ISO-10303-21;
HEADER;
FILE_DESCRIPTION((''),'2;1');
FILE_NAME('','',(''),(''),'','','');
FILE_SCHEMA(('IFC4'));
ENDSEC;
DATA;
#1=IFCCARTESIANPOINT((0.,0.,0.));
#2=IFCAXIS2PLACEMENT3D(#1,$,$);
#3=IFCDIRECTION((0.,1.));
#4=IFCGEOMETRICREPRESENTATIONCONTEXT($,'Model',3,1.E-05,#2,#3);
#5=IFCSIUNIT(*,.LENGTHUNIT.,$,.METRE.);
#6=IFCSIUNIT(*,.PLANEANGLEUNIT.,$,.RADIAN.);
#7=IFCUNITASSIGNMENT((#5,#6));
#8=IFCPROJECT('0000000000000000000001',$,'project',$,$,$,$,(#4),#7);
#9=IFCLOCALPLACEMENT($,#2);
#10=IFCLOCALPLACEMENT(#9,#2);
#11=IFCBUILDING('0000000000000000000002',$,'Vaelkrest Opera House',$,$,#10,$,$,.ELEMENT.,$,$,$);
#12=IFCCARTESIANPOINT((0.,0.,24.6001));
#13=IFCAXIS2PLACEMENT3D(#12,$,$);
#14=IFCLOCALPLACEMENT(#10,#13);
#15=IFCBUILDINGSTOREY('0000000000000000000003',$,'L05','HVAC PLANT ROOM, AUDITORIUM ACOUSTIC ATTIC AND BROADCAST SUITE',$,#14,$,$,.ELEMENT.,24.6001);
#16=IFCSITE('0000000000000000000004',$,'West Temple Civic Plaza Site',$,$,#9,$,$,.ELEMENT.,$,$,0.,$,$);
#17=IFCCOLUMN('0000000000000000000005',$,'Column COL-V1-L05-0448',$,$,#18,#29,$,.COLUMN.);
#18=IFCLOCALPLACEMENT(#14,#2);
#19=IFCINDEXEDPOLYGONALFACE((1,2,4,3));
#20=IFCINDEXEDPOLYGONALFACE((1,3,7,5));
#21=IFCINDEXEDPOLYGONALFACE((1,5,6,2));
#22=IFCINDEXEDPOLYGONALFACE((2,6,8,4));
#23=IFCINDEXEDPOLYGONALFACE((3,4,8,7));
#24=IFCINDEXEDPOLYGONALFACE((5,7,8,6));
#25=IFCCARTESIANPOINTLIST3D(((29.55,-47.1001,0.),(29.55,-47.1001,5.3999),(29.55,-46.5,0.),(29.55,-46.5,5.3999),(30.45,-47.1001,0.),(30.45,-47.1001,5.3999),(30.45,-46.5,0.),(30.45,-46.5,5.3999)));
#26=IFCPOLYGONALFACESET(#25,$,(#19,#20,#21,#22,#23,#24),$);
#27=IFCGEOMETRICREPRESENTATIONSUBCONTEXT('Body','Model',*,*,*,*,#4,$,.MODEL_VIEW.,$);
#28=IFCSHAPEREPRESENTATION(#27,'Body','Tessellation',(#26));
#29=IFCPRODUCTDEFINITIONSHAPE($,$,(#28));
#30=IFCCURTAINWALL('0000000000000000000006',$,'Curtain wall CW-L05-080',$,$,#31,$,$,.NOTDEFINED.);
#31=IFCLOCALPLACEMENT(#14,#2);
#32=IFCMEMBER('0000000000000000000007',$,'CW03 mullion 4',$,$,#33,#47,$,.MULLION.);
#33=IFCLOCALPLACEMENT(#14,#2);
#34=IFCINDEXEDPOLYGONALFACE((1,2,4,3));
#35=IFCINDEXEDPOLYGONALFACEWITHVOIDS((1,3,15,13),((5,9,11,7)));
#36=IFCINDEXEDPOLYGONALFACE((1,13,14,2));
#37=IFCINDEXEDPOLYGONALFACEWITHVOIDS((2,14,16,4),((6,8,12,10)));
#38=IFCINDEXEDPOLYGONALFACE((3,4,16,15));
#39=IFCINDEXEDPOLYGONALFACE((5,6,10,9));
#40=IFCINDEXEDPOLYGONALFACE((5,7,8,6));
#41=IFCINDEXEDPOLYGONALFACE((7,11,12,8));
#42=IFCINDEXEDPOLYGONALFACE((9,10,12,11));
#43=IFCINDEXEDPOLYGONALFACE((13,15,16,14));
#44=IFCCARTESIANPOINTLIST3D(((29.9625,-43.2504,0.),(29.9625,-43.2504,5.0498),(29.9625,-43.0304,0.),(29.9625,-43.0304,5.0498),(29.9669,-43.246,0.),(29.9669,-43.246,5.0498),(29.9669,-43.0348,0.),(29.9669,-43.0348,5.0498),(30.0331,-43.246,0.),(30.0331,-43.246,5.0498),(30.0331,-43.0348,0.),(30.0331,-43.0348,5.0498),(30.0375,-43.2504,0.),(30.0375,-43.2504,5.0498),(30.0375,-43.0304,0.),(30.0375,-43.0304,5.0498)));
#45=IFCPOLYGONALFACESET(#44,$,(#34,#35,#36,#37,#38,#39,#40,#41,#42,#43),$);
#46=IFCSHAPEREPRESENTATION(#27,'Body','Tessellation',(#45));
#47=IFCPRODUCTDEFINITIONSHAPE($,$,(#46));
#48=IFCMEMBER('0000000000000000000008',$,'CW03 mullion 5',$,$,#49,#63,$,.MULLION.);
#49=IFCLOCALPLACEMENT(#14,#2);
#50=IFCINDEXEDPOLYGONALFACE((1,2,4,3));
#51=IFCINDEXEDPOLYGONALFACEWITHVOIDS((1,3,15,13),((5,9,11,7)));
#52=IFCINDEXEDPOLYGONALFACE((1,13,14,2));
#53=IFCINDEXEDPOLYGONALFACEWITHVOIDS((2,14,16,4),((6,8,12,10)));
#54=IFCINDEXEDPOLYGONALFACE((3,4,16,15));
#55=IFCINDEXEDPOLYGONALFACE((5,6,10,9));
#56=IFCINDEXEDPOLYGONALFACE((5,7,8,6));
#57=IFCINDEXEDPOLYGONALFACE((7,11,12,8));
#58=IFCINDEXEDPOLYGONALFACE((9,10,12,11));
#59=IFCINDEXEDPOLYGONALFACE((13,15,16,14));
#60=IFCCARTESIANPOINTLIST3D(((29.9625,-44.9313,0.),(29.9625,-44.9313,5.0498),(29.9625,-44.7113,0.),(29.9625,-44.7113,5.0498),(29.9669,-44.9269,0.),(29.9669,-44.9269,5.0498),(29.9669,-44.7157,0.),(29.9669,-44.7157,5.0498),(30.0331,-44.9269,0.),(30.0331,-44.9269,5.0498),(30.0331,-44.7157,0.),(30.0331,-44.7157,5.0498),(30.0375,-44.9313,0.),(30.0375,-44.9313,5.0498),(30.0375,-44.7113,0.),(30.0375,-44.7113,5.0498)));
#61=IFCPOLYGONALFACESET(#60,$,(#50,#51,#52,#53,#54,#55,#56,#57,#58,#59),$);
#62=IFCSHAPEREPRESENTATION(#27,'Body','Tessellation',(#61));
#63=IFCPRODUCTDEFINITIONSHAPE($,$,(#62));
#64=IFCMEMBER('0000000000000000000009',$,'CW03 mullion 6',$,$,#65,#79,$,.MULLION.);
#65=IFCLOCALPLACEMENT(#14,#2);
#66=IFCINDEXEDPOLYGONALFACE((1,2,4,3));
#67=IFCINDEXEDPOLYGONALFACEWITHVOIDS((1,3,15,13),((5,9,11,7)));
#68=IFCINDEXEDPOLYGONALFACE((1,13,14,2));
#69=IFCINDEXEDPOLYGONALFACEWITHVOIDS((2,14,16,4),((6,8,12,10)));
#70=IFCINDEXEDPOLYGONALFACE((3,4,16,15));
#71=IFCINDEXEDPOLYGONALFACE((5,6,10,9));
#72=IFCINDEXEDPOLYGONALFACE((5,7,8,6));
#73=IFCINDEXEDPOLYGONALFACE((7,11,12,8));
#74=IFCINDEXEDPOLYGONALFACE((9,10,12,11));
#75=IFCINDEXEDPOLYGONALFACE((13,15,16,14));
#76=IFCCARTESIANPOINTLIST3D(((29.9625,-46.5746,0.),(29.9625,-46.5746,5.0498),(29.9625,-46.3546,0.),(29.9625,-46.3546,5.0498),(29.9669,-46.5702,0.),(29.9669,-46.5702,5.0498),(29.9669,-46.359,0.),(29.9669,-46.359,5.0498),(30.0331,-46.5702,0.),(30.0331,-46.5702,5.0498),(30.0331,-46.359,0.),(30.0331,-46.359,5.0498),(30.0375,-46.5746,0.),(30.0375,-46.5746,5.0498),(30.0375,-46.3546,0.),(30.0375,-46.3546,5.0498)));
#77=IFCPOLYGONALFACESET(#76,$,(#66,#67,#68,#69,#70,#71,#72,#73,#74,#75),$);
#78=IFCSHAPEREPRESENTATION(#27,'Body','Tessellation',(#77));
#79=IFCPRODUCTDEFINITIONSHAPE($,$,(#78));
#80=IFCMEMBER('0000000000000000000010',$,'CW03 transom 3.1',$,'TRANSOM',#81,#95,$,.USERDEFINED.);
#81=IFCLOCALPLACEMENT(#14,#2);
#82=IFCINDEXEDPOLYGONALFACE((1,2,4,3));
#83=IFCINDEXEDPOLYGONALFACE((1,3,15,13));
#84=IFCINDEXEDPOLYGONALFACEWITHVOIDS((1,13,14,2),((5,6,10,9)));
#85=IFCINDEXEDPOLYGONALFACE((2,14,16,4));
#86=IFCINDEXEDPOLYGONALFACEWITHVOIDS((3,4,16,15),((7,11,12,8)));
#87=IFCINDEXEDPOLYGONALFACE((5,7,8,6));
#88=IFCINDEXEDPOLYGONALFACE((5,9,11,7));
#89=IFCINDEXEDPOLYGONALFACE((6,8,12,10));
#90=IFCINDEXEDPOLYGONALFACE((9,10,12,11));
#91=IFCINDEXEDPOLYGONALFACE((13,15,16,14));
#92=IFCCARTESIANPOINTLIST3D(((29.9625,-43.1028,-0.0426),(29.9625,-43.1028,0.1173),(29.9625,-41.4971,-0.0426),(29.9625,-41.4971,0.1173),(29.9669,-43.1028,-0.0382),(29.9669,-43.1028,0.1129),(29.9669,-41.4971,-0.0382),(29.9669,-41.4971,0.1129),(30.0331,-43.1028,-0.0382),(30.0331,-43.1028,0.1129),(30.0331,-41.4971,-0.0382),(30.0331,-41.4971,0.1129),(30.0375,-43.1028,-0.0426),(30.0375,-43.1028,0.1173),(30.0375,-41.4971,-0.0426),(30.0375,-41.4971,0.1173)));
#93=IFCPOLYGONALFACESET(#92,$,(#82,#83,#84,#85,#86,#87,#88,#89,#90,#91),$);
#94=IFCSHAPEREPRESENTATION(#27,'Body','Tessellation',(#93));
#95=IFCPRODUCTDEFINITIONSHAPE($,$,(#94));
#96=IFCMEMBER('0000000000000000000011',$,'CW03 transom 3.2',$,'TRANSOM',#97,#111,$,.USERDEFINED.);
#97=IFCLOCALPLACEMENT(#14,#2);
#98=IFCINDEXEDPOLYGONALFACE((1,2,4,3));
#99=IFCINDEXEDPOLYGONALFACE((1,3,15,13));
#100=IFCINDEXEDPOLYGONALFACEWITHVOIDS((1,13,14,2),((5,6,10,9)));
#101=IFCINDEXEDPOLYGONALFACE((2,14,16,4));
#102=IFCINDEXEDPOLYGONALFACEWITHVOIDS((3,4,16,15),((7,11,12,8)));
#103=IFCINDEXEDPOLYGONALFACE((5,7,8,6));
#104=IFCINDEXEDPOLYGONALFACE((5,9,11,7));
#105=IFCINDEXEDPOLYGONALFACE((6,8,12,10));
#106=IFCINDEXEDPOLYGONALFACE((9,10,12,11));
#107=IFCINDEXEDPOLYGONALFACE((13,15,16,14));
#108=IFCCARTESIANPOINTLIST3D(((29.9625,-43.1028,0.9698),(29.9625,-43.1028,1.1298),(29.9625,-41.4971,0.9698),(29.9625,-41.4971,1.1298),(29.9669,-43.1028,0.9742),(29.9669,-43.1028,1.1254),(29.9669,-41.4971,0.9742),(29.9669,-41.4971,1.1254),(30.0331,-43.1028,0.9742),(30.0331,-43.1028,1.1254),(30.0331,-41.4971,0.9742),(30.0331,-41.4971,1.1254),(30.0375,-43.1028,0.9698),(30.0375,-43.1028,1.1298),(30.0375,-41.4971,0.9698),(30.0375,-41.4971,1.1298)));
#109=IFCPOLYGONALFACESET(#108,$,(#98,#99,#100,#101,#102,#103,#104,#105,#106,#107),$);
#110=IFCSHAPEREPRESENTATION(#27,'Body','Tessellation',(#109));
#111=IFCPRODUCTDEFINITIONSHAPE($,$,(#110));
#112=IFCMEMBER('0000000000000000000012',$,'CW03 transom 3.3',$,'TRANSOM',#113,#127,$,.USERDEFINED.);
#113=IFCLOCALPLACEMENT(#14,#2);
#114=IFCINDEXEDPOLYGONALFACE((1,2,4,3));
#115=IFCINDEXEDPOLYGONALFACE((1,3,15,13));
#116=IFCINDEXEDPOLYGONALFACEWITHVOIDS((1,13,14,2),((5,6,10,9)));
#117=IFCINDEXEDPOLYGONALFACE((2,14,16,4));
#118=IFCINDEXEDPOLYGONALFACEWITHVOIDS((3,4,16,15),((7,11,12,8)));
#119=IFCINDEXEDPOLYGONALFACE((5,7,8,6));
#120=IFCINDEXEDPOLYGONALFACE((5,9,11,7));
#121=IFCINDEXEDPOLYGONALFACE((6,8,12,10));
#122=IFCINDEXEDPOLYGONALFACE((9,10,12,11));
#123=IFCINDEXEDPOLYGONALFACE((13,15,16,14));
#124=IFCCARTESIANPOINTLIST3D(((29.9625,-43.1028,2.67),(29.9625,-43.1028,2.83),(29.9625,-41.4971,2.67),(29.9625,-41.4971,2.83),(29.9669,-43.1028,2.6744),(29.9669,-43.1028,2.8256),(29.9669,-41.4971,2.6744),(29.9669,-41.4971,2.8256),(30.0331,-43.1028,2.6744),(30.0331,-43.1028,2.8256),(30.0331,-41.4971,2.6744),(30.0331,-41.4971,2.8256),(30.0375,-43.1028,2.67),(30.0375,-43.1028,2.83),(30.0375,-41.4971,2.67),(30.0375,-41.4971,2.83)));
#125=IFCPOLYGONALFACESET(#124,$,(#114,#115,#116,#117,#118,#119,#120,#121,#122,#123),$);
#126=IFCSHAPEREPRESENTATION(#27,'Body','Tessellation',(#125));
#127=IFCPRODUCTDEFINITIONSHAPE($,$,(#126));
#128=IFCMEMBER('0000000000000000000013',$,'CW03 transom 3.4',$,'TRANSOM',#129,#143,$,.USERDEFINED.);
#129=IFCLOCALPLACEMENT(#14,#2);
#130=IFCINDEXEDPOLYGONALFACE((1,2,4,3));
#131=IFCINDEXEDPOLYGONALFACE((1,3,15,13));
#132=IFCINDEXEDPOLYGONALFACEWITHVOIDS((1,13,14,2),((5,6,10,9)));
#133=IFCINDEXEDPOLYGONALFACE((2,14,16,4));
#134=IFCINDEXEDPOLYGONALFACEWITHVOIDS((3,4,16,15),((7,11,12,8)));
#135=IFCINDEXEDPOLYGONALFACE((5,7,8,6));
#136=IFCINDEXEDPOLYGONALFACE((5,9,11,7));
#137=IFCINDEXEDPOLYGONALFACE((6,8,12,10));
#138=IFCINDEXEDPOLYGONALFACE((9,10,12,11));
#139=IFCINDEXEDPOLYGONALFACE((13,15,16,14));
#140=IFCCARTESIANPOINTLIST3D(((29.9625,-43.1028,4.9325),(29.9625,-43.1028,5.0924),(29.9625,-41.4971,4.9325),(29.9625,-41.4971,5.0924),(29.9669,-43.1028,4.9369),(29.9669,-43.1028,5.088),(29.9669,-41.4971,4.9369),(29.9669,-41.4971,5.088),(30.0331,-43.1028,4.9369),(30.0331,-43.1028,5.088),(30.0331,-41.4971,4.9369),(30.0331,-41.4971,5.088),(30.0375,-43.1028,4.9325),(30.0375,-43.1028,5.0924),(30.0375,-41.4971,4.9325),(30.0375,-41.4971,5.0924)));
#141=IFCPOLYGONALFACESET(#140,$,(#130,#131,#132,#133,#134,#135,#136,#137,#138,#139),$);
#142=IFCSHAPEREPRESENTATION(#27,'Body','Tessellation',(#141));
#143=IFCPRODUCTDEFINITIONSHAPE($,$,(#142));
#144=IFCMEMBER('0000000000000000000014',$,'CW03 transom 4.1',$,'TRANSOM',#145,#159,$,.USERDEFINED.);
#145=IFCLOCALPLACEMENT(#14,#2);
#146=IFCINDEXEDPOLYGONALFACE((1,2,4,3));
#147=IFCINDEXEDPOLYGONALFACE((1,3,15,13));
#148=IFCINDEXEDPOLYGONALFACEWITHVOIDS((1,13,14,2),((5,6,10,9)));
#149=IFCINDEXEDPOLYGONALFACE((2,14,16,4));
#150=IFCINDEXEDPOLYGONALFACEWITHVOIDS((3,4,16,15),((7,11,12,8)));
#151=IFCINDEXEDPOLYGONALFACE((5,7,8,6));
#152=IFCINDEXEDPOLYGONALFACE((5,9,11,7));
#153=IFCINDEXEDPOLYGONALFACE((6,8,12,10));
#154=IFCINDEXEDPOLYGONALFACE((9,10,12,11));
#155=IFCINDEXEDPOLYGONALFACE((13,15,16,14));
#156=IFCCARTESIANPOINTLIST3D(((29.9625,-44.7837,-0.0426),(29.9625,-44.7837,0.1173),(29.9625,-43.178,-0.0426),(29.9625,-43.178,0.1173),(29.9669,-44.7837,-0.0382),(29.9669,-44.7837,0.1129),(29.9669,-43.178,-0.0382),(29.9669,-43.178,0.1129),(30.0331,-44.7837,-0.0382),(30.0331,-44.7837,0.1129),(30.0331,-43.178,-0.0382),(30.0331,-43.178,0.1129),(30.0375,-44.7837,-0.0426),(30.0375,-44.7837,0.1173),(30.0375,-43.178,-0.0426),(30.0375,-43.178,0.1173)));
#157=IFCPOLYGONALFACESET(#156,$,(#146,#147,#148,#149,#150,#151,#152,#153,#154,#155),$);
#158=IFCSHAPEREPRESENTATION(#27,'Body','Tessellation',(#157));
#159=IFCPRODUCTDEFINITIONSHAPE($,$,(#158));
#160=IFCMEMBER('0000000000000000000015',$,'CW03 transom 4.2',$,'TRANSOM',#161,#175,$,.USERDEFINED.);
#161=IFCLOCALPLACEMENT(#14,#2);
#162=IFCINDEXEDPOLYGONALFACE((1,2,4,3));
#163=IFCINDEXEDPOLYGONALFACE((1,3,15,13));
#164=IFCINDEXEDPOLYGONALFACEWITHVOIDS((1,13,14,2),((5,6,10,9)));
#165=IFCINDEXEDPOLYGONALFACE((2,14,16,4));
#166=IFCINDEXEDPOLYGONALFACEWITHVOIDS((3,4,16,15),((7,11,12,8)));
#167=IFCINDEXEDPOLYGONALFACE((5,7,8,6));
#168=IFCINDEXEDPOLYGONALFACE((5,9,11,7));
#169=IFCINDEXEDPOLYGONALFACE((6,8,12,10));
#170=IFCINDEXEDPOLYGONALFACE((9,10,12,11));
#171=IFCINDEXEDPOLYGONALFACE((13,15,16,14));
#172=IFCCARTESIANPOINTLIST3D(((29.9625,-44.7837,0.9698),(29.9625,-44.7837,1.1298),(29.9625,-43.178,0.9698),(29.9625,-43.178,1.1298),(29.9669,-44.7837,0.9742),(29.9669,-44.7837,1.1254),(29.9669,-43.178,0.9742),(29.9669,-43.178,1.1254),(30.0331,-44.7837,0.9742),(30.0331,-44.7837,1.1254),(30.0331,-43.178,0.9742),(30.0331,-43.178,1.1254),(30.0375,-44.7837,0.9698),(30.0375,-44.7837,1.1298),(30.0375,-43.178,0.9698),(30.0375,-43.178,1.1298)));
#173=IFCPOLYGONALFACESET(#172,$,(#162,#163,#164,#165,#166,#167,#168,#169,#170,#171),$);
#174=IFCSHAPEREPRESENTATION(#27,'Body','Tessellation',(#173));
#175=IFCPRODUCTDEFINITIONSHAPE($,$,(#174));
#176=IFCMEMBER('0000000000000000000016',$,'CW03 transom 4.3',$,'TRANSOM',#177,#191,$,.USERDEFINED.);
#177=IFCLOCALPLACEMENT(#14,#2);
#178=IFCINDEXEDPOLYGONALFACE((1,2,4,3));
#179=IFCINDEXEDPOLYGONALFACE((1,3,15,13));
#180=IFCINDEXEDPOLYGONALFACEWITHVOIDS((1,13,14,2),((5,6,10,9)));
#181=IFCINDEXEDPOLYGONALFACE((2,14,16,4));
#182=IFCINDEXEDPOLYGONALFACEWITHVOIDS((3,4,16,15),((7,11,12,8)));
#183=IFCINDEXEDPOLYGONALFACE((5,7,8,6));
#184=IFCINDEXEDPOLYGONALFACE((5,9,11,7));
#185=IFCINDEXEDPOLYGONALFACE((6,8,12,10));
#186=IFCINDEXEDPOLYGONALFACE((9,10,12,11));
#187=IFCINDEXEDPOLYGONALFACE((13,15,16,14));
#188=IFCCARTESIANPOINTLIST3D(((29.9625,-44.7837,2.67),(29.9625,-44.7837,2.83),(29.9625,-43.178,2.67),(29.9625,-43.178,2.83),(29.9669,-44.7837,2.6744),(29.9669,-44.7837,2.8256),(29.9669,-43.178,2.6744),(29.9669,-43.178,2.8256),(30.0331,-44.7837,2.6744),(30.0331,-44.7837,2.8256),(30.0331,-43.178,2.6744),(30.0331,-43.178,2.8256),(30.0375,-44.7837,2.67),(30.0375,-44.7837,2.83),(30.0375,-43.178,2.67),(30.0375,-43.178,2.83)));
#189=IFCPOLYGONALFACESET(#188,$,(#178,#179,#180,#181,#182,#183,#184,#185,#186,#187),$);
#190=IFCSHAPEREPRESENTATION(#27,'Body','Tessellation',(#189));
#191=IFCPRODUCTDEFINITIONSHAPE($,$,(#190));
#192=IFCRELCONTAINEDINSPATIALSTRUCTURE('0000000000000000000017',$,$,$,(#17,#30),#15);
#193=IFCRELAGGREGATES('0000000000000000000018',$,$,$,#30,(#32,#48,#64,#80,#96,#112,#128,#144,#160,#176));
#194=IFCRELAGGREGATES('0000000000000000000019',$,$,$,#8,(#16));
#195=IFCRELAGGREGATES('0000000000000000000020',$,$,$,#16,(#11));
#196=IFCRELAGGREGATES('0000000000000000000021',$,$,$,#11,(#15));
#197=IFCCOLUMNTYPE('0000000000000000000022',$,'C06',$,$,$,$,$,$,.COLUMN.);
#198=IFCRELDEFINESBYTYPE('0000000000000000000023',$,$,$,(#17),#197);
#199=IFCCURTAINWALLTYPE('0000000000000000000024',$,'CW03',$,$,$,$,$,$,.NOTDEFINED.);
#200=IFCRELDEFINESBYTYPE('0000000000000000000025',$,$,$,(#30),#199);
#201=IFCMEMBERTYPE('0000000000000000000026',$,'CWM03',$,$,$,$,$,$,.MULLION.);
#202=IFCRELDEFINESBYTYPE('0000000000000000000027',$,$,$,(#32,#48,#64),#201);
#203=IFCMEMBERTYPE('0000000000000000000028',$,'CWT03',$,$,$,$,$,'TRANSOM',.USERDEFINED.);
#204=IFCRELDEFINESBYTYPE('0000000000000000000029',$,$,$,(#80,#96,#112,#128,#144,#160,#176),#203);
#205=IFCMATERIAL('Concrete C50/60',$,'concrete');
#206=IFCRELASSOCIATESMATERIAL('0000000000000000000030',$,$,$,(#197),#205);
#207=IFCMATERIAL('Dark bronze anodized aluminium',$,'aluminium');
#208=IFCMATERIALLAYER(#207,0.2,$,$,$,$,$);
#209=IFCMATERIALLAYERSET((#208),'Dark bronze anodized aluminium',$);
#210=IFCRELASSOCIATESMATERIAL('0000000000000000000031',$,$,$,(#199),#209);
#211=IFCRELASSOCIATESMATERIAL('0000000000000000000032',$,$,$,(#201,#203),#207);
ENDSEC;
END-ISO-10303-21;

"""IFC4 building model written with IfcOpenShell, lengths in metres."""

from ifc_helpers import new_model, si_unit, direction, frame, origin, origin_2d, place, context, subcontext, project, spatial, rectangle, hollow_rectangle, extrude, material, layer, layer_set, material_profile, profile_set, type_object, element, aggregate, save


model = new_model("IFC4")

# Units and contexts
model_context = context("Model", 3, precision=1e-05, world=origin(), true_north=direction((0.0, 1.0)))
body_context = subcontext(model_context, "Body", "Model", "MODEL_VIEW")
ifc_project = project(units=[si_unit("LENGTHUNIT", "METRE"), si_unit("PLANEANGLEUNIT", "RADIAN")], contexts=[model_context])

# Site, building, storey
site_placement = place(None, origin())
site = spatial("IfcSite", under=ifc_project, at=site_placement, Name="West Temple Civic Plaza Site", CompositionType="ELEMENT", RefElevation=0.0)
building_placement = place(site_placement, origin())
building = spatial("IfcBuilding", under=site, at=building_placement, Name="Vaelkrest Opera House", CompositionType="ELEMENT")
storey_placement = place(building_placement, frame((0.0, 0.0, 24.6001)))
storey = spatial("IfcBuildingStorey", under=building, at=storey_placement, Name="L05", Description="HVAC PLANT ROOM, AUDITORIUM ACOUSTIC ATTIC AND BROADCAST SUITE", CompositionType="ELEMENT", Elevation=24.6001)

# Column
ifc_material_1 = material(Name="Concrete C50/60", Category="concrete")
ifc_material_profile_1 = material_profile(ifc_material_1, rectangle(XDim=0.6001, YDim=0.8999, at=origin_2d()), Name="RC600X900")
ifc_profile_set_1 = profile_set([ifc_material_profile_1], Name="Concrete C50/60")
column_type = type_object("IfcColumnType", Name="C06", PredefinedType="COLUMN", material=ifc_profile_set_1)
column_placement = place(storey_placement, frame((30.0, -46.8, 0.0), z_axis=(0.0, 0.0, 1.0), x_axis=(0.0, 1.0, 0.0)))
element("IfcColumn", 1, at=column_placement, inside=storey, type_object=column_type, Name="Column COL-V1-L05-0448", PredefinedType="COLUMN", context=body_context, shape_type="SweptSolid", body=[
    extrude(rectangle(XDim=0.6001, YDim=0.8999, at=origin_2d()), origin(), (0.0, 0.0, 1.0), 5.3999),
])

# Curtain wall, members
ifc_material_2 = material(Name="Dark bronze anodized aluminium", Category="aluminium")
ifc_layer_1 = layer(ifc_material_2, 0.2)
ifc_layer_set_1 = layer_set([ifc_layer_1], Name="Dark bronze anodized aluminium")
curtain_wall_type = type_object("IfcCurtainWallType", Name="CW03", PredefinedType="NOTDEFINED", material=ifc_layer_set_1)
curtain_wall_placement = place(storey_placement, origin())
curtain_wall = element("IfcCurtainWall", 2, at=curtain_wall_placement, inside=storey, type_object=curtain_wall_type, Name="Curtain wall CW-L05-080", PredefinedType="NOTDEFINED")
ifc_material_profile_2 = material_profile(ifc_material_2, hollow_rectangle(XDim=0.075, YDim=0.22, WallThickness=0.0044, at=origin_2d()), Name="CWM75X220")
ifc_profile_set_2 = profile_set([ifc_material_profile_2], Name="Dark bronze anodized aluminium")
member_type_1 = type_object("IfcMemberType", Name="CWM03", PredefinedType="MULLION", material=ifc_profile_set_2)
member_1_placement = place(storey_placement, frame((30.0, -43.1404, 0.0), z_axis=(0.0, 0.0, 1.0), x_axis=(1.0, 0.0, 0.0)))
member_1 = element("IfcMember", 3, at=member_1_placement, type_object=member_type_1, Name="CW03 mullion 4", PredefinedType="MULLION", context=body_context, shape_type="SweptSolid", body=[
    extrude(hollow_rectangle(XDim=0.075, YDim=0.22, WallThickness=0.0044, at=origin_2d()), origin(), (0.0, 0.0, 1.0), 5.0498),
])
member_2_placement = place(storey_placement, frame((30.0, -44.8213, 0.0), z_axis=(0.0, 0.0, 1.0), x_axis=(1.0, 0.0, 0.0)))
member_2 = element("IfcMember", 4, at=member_2_placement, type_object=member_type_1, Name="CW03 mullion 5", PredefinedType="MULLION", context=body_context, shape_type="SweptSolid", body=[
    extrude(hollow_rectangle(XDim=0.075, YDim=0.22, WallThickness=0.0044, at=origin_2d()), origin(), (0.0, 0.0, 1.0), 5.0498),
])
member_3_placement = place(storey_placement, frame((30.0, -46.4646, 0.0), z_axis=(0.0, 0.0, 1.0), x_axis=(1.0, 0.0, 0.0)))
member_3 = element("IfcMember", 5, at=member_3_placement, type_object=member_type_1, Name="CW03 mullion 6", PredefinedType="MULLION", context=body_context, shape_type="SweptSolid", body=[
    extrude(hollow_rectangle(XDim=0.075, YDim=0.22, WallThickness=0.0044, at=origin_2d()), origin(), (0.0, 0.0, 1.0), 5.0498),
])
ifc_material_profile_3 = material_profile(ifc_material_2, hollow_rectangle(XDim=0.075, YDim=0.1599, WallThickness=0.0044, at=origin_2d()), Name="CWT75X160")
ifc_profile_set_3 = profile_set([ifc_material_profile_3], Name="Dark bronze anodized aluminium")
member_type_2 = type_object("IfcMemberType", Name="CWT03", ElementType="TRANSOM", PredefinedType="USERDEFINED", material=ifc_profile_set_3)
member_4_placement = place(storey_placement, frame((30.0, -41.4971, 0.0374), z_axis=(0.0, -1.0, 0.0), x_axis=(1.0, 0.0, 0.0)))
member_4 = element("IfcMember", 6, at=member_4_placement, type_object=member_type_2, Name="CW03 transom 3.1", ObjectType="TRANSOM", PredefinedType="USERDEFINED", context=body_context, shape_type="SweptSolid", body=[
    extrude(hollow_rectangle(XDim=0.075, YDim=0.1599, WallThickness=0.0044, at=origin_2d()), origin(), (0.0, 0.0, 1.0), 1.6057),
])
member_5_placement = place(storey_placement, frame((30.0, -41.4971, 1.0498), z_axis=(0.0, -1.0, 0.0), x_axis=(1.0, 0.0, 0.0)))
member_5 = element("IfcMember", 7, at=member_5_placement, type_object=member_type_2, Name="CW03 transom 3.2", ObjectType="TRANSOM", PredefinedType="USERDEFINED", context=body_context, shape_type="SweptSolid", body=[
    extrude(hollow_rectangle(XDim=0.075, YDim=0.1599, WallThickness=0.0044, at=origin_2d()), origin(), (0.0, 0.0, 1.0), 1.6057),
])
member_6_placement = place(storey_placement, frame((30.0, -41.4971, 2.75), z_axis=(0.0, -1.0, 0.0), x_axis=(1.0, 0.0, 0.0)))
member_6 = element("IfcMember", 8, at=member_6_placement, type_object=member_type_2, Name="CW03 transom 3.3", ObjectType="TRANSOM", PredefinedType="USERDEFINED", context=body_context, shape_type="SweptSolid", body=[
    extrude(hollow_rectangle(XDim=0.075, YDim=0.1599, WallThickness=0.0044, at=origin_2d()), origin(), (0.0, 0.0, 1.0), 1.6057),
])
member_7_placement = place(storey_placement, frame((30.0, -41.4971, 5.0125), z_axis=(0.0, -1.0, 0.0), x_axis=(1.0, 0.0, 0.0)))
member_7 = element("IfcMember", 9, at=member_7_placement, type_object=member_type_2, Name="CW03 transom 3.4", ObjectType="TRANSOM", PredefinedType="USERDEFINED", context=body_context, shape_type="SweptSolid", body=[
    extrude(hollow_rectangle(XDim=0.075, YDim=0.1599, WallThickness=0.0044, at=origin_2d()), origin(), (0.0, 0.0, 1.0), 1.6057),
])
member_8_placement = place(storey_placement, frame((30.0, -43.178, 0.0374), z_axis=(0.0, -1.0, 0.0), x_axis=(1.0, 0.0, 0.0)))
member_8 = element("IfcMember", 10, at=member_8_placement, type_object=member_type_2, Name="CW03 transom 4.1", ObjectType="TRANSOM", PredefinedType="USERDEFINED", context=body_context, shape_type="SweptSolid", body=[
    extrude(hollow_rectangle(XDim=0.075, YDim=0.1599, WallThickness=0.0044, at=origin_2d()), origin(), (0.0, 0.0, 1.0), 1.6057),
])
member_9_placement = place(storey_placement, frame((30.0, -43.178, 1.0498), z_axis=(0.0, -1.0, 0.0), x_axis=(1.0, 0.0, 0.0)))
member_9 = element("IfcMember", 11, at=member_9_placement, type_object=member_type_2, Name="CW03 transom 4.2", ObjectType="TRANSOM", PredefinedType="USERDEFINED", context=body_context, shape_type="SweptSolid", body=[
    extrude(hollow_rectangle(XDim=0.075, YDim=0.1599, WallThickness=0.0044, at=origin_2d()), origin(), (0.0, 0.0, 1.0), 1.6057),
])
member_10_placement = place(storey_placement, frame((30.0, -43.178, 2.75), z_axis=(0.0, -1.0, 0.0), x_axis=(1.0, 0.0, 0.0)))
member_10 = element("IfcMember", 12, at=member_10_placement, type_object=member_type_2, Name="CW03 transom 4.3", ObjectType="TRANSOM", PredefinedType="USERDEFINED", context=body_context, shape_type="SweptSolid", body=[
    extrude(hollow_rectangle(XDim=0.075, YDim=0.1599, WallThickness=0.0044, at=origin_2d()), origin(), (0.0, 0.0, 1.0), 1.6057),
])
aggregate(curtain_wall, [member_1, member_2, member_3, member_4, member_5, member_6, member_7, member_8, member_9, member_10])

save(model, "model.ifc")
